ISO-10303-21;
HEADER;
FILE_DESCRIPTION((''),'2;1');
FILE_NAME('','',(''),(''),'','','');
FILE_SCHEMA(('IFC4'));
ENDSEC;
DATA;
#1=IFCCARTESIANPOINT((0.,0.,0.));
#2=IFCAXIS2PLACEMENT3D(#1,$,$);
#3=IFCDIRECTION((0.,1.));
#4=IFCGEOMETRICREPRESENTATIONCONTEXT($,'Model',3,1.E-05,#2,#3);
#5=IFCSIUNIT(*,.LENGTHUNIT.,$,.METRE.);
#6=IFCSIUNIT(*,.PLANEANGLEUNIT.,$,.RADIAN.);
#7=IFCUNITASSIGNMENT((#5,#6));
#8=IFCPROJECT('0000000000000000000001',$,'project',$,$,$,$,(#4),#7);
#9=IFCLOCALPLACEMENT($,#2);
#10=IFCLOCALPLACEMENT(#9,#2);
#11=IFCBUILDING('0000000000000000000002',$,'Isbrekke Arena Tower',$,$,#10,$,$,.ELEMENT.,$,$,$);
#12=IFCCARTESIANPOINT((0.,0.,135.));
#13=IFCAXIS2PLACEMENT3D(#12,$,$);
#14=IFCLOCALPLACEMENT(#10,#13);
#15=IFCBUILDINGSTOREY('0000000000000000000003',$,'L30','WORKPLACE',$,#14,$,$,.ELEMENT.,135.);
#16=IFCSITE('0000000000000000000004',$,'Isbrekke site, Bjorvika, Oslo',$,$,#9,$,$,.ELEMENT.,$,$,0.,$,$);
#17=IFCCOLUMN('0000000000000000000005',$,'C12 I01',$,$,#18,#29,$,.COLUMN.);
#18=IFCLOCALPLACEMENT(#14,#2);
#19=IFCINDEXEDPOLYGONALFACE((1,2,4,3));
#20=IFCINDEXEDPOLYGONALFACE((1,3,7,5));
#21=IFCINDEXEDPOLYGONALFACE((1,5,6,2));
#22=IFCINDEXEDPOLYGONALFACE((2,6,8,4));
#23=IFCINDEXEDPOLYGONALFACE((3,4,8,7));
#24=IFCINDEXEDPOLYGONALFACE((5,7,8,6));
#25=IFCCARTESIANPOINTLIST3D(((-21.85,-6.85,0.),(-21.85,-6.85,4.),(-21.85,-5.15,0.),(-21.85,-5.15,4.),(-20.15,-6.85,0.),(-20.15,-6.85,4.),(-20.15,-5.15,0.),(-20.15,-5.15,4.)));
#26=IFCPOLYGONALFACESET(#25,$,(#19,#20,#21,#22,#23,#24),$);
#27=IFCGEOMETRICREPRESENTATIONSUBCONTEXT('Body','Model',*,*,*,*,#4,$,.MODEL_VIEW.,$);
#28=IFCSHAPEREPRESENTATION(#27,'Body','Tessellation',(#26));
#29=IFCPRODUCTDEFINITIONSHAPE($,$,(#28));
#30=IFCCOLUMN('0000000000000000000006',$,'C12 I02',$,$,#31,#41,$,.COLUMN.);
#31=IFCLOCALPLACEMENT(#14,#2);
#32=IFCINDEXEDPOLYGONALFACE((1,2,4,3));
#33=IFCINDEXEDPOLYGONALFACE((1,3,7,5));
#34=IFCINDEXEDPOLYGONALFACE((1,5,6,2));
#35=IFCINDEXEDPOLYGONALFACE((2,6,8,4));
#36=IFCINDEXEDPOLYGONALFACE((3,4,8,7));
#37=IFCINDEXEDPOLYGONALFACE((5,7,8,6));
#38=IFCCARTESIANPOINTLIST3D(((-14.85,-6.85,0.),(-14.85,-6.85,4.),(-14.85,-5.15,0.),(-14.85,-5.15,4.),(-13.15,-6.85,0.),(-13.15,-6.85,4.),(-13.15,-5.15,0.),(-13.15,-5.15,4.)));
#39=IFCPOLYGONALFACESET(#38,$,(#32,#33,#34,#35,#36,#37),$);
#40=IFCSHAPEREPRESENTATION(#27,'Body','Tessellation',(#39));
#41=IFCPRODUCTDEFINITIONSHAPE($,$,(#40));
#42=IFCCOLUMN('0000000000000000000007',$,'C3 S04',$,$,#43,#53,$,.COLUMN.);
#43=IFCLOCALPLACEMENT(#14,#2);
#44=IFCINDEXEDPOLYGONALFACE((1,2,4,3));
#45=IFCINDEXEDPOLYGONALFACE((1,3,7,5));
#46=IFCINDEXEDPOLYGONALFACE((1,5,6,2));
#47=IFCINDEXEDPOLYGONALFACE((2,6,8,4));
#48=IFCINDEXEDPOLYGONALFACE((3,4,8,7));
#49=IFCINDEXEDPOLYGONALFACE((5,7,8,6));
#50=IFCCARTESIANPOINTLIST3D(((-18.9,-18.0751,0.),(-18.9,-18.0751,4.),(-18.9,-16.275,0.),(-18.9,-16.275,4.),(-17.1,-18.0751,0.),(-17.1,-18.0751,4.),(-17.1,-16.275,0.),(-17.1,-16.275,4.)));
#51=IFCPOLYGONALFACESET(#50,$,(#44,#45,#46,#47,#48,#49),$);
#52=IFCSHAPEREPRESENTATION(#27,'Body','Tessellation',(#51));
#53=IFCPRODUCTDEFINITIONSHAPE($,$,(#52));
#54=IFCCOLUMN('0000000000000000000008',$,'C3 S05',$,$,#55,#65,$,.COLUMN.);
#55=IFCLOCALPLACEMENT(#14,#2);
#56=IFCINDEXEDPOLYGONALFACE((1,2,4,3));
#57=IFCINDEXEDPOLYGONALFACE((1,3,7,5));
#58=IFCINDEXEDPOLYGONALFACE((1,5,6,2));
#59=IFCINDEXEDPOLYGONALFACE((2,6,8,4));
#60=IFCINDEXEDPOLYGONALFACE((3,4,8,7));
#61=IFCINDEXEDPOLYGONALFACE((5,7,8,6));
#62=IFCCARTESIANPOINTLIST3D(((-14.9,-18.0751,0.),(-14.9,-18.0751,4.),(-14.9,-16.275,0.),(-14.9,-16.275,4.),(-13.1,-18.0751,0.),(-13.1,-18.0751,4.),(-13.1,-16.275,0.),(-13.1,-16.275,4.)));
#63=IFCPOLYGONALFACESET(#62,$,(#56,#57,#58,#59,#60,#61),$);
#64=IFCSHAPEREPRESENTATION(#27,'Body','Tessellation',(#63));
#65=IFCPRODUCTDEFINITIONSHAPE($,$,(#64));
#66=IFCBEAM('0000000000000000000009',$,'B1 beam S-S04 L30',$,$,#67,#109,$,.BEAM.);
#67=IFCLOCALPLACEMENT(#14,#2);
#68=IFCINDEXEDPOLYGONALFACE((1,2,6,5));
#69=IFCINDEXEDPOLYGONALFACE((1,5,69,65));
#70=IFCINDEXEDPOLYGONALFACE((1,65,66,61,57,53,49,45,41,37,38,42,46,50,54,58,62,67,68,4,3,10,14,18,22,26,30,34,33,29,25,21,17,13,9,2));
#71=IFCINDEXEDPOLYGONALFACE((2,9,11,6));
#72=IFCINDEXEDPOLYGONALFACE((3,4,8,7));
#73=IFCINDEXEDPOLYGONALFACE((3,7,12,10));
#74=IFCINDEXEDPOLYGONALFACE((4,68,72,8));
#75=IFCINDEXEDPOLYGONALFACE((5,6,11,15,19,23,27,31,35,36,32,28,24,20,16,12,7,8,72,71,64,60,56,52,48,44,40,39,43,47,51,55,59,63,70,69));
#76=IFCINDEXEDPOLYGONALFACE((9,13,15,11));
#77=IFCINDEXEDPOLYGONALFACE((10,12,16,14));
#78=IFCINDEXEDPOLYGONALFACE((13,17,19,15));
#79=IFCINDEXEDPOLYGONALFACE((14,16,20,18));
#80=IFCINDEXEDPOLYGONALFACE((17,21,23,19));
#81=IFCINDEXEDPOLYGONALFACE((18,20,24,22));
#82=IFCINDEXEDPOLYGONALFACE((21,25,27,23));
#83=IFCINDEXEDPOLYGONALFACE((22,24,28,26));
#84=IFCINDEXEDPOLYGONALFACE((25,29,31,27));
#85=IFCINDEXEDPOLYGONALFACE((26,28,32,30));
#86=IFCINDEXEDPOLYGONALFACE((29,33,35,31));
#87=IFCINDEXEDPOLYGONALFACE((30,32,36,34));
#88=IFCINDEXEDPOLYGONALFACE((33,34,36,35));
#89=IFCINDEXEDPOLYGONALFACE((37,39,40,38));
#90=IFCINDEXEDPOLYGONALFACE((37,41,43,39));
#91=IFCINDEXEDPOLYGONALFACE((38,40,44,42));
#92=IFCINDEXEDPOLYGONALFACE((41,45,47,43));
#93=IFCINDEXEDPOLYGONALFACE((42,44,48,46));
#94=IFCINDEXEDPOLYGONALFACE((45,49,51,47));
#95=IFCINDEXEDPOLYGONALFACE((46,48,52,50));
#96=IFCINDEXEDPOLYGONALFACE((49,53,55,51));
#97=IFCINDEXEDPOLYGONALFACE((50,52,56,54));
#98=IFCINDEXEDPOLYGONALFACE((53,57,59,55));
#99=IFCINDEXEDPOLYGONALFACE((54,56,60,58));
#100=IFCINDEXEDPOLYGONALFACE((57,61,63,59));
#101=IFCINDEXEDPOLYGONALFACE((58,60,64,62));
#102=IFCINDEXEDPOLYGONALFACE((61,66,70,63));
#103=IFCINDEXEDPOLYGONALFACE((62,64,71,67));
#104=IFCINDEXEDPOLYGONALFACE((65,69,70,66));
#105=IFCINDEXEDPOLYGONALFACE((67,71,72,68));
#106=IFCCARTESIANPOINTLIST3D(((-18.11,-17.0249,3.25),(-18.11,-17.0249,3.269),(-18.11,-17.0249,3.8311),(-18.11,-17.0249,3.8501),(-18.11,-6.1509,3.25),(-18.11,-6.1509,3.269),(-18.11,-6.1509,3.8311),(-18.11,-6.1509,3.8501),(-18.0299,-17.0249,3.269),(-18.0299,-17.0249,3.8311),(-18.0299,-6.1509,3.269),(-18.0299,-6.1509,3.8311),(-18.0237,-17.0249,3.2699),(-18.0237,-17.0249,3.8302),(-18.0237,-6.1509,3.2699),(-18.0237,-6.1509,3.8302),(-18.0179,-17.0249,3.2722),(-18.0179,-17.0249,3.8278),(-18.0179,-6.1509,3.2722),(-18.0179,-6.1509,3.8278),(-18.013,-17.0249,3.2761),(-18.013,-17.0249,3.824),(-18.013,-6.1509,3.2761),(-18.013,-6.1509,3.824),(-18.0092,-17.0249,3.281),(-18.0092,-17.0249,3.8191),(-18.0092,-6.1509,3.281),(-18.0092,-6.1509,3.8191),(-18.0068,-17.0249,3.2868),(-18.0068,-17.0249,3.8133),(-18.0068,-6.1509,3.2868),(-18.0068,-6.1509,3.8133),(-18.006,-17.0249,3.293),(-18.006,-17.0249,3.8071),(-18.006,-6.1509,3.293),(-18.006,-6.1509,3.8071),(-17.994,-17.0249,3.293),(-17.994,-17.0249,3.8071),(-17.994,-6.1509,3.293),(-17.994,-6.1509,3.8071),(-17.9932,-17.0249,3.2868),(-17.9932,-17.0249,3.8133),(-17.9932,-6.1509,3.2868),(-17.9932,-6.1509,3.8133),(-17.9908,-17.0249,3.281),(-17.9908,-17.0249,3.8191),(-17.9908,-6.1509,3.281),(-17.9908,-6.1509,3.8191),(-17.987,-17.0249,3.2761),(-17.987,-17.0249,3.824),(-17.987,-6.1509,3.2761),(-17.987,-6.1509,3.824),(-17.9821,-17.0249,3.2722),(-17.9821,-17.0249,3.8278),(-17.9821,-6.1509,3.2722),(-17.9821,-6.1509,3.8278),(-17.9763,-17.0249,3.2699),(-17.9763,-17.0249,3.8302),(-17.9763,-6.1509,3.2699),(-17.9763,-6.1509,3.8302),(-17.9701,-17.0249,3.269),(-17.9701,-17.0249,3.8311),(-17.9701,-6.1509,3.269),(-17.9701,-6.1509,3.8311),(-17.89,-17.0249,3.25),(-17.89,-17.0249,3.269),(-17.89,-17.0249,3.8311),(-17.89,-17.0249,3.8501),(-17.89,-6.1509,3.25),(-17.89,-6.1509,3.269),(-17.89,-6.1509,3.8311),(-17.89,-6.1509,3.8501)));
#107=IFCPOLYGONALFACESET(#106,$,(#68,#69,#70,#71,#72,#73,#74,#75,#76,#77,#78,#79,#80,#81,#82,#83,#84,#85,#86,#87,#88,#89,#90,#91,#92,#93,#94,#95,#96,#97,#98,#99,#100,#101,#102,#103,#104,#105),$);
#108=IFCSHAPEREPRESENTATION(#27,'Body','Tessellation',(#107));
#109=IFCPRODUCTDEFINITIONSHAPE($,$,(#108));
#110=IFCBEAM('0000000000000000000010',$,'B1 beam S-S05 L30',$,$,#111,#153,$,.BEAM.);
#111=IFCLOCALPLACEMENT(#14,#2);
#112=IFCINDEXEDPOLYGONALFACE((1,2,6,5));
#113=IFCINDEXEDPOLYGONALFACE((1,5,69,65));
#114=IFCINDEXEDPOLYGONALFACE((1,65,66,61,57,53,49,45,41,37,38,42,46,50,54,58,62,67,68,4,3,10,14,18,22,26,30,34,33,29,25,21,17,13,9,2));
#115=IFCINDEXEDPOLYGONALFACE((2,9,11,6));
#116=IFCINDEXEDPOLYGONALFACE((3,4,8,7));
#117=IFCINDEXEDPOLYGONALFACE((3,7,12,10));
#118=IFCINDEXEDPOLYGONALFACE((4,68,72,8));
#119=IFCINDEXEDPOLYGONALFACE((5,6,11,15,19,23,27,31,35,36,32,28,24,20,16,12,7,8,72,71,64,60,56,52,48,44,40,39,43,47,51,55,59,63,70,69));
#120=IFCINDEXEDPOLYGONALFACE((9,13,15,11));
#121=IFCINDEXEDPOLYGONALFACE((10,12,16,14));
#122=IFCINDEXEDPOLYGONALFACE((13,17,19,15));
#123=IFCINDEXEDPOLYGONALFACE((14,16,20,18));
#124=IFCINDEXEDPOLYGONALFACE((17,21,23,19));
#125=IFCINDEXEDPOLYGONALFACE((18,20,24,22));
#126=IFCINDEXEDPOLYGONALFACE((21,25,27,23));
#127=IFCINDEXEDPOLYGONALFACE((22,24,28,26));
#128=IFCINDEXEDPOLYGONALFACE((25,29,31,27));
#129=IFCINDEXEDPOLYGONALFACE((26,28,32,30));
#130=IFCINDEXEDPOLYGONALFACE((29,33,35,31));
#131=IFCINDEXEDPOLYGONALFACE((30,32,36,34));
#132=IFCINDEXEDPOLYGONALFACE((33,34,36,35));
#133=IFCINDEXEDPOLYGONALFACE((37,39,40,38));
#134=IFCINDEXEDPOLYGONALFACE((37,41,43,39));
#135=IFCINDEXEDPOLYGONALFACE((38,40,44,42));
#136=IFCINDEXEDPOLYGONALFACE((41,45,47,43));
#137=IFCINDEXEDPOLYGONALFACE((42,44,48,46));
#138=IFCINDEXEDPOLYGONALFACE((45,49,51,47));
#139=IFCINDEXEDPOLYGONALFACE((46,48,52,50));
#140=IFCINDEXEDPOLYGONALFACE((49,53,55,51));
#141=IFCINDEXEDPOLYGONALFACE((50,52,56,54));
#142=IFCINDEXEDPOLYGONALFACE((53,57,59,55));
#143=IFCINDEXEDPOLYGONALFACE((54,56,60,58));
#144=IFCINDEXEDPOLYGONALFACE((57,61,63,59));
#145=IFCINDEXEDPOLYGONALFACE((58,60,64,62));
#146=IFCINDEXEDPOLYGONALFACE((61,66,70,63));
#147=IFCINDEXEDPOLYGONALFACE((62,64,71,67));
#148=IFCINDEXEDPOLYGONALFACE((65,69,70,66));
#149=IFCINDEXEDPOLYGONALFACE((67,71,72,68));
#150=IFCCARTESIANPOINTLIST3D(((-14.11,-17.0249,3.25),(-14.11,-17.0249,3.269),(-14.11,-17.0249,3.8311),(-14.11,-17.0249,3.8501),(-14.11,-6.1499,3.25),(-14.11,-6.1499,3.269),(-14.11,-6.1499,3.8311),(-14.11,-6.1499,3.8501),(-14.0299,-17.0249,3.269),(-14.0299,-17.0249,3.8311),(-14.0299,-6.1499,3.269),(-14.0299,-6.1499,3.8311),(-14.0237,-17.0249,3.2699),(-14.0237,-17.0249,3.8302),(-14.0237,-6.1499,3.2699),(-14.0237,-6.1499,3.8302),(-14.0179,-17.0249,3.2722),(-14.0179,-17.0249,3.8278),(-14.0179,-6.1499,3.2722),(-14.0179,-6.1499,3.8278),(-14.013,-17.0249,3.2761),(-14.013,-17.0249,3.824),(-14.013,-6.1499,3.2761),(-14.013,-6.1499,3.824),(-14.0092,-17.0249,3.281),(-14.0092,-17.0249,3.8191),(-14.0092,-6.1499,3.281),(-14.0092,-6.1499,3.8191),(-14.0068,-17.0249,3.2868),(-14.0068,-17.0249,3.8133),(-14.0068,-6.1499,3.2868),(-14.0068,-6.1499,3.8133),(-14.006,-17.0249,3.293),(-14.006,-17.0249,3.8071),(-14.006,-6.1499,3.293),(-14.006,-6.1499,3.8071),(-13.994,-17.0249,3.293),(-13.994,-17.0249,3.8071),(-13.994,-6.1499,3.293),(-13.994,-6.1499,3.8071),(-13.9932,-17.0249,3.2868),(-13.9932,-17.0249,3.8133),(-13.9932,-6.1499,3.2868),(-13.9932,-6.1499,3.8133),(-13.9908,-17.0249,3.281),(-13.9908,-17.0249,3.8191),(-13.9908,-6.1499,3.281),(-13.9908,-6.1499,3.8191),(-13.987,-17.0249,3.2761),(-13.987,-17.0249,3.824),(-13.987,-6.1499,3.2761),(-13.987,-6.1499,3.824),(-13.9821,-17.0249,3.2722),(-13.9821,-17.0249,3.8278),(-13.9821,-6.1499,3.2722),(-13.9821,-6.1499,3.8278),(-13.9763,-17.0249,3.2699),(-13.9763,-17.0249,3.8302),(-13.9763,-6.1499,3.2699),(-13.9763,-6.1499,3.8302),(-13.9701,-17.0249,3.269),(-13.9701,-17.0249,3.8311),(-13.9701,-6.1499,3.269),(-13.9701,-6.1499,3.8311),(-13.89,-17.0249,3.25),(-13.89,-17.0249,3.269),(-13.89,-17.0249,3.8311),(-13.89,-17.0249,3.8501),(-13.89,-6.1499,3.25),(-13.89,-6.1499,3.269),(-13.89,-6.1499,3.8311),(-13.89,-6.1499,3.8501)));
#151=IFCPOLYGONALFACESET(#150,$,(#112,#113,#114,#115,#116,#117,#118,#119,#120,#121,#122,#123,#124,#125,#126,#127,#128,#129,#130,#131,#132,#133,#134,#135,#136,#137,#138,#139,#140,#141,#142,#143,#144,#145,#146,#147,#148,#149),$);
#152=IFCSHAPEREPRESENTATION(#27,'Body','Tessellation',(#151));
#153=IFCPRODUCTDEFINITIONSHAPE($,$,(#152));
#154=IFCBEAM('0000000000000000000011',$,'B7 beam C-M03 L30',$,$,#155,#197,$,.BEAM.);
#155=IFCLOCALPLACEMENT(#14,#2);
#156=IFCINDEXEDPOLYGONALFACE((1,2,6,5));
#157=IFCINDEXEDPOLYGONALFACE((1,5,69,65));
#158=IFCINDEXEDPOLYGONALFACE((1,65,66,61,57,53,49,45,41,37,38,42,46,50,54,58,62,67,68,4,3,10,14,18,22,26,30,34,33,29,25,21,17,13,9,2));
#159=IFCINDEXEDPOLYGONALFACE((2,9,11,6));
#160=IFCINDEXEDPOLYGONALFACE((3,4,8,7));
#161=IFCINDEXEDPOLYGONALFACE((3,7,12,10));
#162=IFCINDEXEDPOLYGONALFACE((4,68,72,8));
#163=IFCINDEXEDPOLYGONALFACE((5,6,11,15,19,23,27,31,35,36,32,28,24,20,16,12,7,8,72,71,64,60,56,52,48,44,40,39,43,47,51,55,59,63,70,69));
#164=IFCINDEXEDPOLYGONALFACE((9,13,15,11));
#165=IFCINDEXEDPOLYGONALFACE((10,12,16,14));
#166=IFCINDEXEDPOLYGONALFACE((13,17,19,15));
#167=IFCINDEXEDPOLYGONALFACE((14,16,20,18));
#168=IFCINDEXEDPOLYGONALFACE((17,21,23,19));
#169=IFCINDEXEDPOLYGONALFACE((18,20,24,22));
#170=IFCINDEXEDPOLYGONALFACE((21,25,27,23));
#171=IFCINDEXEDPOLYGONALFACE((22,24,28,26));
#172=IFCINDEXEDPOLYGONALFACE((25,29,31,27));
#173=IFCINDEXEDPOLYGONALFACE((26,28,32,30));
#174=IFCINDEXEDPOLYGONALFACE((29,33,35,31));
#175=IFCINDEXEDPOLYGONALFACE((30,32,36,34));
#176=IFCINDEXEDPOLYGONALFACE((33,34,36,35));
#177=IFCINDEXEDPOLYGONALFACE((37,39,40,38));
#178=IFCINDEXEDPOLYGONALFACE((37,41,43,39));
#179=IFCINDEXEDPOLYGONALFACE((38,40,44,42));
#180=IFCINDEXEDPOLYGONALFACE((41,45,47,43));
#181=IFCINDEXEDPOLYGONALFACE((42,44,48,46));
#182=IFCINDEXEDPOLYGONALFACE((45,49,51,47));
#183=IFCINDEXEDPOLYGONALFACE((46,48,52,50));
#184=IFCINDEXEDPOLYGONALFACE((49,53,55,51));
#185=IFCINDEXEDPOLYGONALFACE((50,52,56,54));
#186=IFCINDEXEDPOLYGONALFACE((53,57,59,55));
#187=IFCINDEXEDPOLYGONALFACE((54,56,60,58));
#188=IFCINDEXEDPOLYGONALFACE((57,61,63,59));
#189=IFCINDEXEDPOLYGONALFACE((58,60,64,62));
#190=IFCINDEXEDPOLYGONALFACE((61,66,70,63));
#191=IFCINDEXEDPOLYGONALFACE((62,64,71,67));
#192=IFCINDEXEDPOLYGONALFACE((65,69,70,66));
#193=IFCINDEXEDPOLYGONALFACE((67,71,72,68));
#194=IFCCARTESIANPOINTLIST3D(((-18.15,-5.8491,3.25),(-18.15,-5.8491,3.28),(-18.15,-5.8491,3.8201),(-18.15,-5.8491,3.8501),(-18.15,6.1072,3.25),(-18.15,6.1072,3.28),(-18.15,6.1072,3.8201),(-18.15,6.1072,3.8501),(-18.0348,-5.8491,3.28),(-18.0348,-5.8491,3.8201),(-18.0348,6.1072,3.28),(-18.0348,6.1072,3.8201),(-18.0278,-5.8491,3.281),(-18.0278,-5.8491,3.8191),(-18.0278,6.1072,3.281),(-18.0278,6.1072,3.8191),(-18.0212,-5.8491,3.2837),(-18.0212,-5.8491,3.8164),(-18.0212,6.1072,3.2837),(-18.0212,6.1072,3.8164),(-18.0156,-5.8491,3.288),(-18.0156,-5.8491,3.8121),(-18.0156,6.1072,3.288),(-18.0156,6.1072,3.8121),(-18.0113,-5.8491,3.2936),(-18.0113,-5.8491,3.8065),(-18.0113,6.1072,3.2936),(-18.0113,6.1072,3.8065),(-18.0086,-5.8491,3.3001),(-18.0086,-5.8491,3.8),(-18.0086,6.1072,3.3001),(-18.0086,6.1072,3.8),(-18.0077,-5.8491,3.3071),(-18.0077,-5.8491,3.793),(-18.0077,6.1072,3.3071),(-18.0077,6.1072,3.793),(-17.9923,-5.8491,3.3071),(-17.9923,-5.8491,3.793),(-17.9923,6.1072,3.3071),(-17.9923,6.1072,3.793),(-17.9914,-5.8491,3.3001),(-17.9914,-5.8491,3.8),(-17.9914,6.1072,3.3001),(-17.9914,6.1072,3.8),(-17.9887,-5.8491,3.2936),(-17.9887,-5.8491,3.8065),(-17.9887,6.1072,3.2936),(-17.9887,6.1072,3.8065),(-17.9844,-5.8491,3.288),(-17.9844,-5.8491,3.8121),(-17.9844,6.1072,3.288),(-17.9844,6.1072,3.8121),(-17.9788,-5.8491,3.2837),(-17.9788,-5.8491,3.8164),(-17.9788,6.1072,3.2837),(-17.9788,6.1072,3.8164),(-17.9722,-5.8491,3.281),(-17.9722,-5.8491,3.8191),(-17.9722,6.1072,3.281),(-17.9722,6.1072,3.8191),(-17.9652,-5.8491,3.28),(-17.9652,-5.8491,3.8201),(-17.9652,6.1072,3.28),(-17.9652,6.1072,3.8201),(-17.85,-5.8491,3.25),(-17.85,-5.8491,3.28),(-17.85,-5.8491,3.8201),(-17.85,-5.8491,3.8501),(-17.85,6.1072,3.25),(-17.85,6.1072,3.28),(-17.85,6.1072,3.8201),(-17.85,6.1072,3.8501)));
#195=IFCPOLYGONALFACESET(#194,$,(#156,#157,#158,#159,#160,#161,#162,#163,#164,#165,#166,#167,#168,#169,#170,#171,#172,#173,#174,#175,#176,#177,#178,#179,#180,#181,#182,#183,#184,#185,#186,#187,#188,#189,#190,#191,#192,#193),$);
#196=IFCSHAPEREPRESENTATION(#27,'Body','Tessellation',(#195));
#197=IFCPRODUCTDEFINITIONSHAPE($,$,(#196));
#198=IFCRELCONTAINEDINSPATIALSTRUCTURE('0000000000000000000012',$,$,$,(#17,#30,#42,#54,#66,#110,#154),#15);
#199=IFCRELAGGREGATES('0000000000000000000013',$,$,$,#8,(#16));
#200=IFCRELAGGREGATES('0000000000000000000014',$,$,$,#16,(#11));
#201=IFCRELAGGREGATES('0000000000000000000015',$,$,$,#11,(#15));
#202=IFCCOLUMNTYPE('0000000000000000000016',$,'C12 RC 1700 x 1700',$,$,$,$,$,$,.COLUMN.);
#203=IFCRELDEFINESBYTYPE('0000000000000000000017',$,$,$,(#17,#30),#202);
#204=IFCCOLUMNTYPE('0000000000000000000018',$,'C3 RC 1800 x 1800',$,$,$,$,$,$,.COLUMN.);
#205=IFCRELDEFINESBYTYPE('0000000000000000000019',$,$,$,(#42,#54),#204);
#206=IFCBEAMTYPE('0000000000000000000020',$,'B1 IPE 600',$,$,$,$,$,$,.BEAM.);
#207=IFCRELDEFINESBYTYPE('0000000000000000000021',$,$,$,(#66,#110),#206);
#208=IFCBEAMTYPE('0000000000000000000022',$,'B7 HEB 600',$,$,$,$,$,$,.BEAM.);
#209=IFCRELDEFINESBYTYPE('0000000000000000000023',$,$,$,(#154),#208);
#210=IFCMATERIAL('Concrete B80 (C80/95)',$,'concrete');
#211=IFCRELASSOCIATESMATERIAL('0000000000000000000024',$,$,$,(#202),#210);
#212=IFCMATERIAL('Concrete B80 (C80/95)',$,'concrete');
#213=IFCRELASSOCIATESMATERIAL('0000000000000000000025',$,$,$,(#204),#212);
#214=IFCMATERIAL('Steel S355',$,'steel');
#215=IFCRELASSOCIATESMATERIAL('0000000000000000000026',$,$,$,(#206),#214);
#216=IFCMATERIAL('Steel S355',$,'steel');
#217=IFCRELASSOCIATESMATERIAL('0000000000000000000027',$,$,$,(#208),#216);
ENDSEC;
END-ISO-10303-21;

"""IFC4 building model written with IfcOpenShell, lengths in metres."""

from ifc_helpers import new_model, si_unit, direction, frame, origin, origin_2d, place, context, subcontext, project, spatial, rectangle, i_section, extrude, material, material_profile, profile_set, type_object, element, save


model = new_model("IFC4")

# Units and contexts
model_context = context("Model", 3, precision=1e-05, world=origin(), true_north=direction((0.0, 1.0)))
body_context = subcontext(model_context, "Body", "Model", "MODEL_VIEW")
ifc_project = project(units=[si_unit("LENGTHUNIT", "METRE"), si_unit("PLANEANGLEUNIT", "RADIAN")], contexts=[model_context])

# Site, building, storey
site_placement = place(None, origin())
site = spatial("IfcSite", under=ifc_project, at=site_placement, Name="Isbrekke site, Bjorvika, Oslo", CompositionType="ELEMENT", RefElevation=0.0)
building_placement = place(site_placement, origin())
building = spatial("IfcBuilding", under=site, at=building_placement, Name="Isbrekke Arena Tower", CompositionType="ELEMENT")
storey_placement = place(building_placement, frame((0.0, 0.0, 135.0)))
storey = spatial("IfcBuildingStorey", under=building, at=storey_placement, Name="L30", Description="WORKPLACE", CompositionType="ELEMENT", Elevation=135.0)

# Columns
ifc_material_1 = material(Name="Concrete B80 (C80/95)", Category="concrete")
ifc_material_profile_1 = material_profile(ifc_material_1, rectangle(XDim=1.7, YDim=1.7, at=origin_2d()), Name="RC 1700x1700")
ifc_profile_set_1 = profile_set([ifc_material_profile_1], Name="Concrete B80 (C80/95)")
column_type_1 = type_object("IfcColumnType", Name="C12 RC 1700 x 1700", PredefinedType="COLUMN", material=ifc_profile_set_1)
for number, where, z_axis, x_axis, name in (
    (1, (-21.0, -6.0, 0.0), (0.0, 0.0, 1.0), (1.0, 0.0, 0.0), "C12 I01"),
    (2, (-14.0, -6.0, 0.0), (0.0, 0.0, 1.0), (1.0, 0.0, 0.0), "C12 I02"),
):
    element("IfcColumn", number, at=place(storey_placement, frame(where, z_axis=z_axis, x_axis=x_axis)), inside=storey, type_object=column_type_1, Name=name, PredefinedType="COLUMN", context=body_context, shape_type="SweptSolid", body=[
        extrude(rectangle(XDim=1.7, YDim=1.7, at=origin_2d()), origin(), (0.0, 0.0, 1.0), 4.0),
    ])
ifc_material_2 = material(Name="Concrete B80 (C80/95)", Category="concrete")
ifc_material_profile_2 = material_profile(ifc_material_2, rectangle(XDim=1.8, YDim=1.8, at=origin_2d()), Name="RC 1800x1800")
ifc_profile_set_2 = profile_set([ifc_material_profile_2], Name="Concrete B80 (C80/95)")
column_type_2 = type_object("IfcColumnType", Name="C3 RC 1800 x 1800", PredefinedType="COLUMN", material=ifc_profile_set_2)
for number, where, z_axis, x_axis, name in (
    (3, (-18.0, -17.175, 0.0), (0.0, 0.0, 1.0), (1.0, 0.0, 0.0), "C3 S04"),
    (4, (-14.0, -17.175, 0.0), (0.0, 0.0, 1.0), (1.0, 0.0, 0.0), "C3 S05"),
):
    element("IfcColumn", number, at=place(storey_placement, frame(where, z_axis=z_axis, x_axis=x_axis)), inside=storey, type_object=column_type_2, Name=name, PredefinedType="COLUMN", context=body_context, shape_type="SweptSolid", body=[
        extrude(rectangle(XDim=1.8, YDim=1.8, at=origin_2d()), origin(), (0.0, 0.0, 1.0), 4.0),
    ])

# Beams
ifc_material_3 = material(Name="Steel S355", Category="steel")
ifc_material_profile_3 = material_profile(ifc_material_3, i_section(OverallWidth=0.22, OverallDepth=0.6001, WebThickness=0.012, FlangeThickness=0.019, FilletRadius=0.0239, at=origin_2d()), Name="IPE 600")
ifc_profile_set_3 = profile_set([ifc_material_profile_3], Name="Steel S355")
beam_type_1 = type_object("IfcBeamType", Name="B1 IPE 600", PredefinedType="BEAM", material=ifc_profile_set_3)
beam_1_placement = place(storey_placement, frame((-18.0, -17.0249, 3.55), z_axis=(0.0, 1.0, 0.0), x_axis=(-1.0, 0.0, 0.0)))
element("IfcBeam", 5, at=beam_1_placement, inside=storey, type_object=beam_type_1, Name="B1 beam S-S04 L30", PredefinedType="BEAM", context=body_context, shape_type="SweptSolid", body=[
    extrude(i_section(OverallWidth=0.22, OverallDepth=0.6001, WebThickness=0.012, FlangeThickness=0.019, FilletRadius=0.0239, at=origin_2d()), origin(), (0.0, 0.0, 1.0), 10.874),
])
beam_2_placement = place(storey_placement, frame((-14.0, -17.0249, 3.55), z_axis=(0.0, 1.0, 0.0), x_axis=(-1.0, 0.0, 0.0)))
element("IfcBeam", 6, at=beam_2_placement, inside=storey, type_object=beam_type_1, Name="B1 beam S-S05 L30", PredefinedType="BEAM", context=body_context, shape_type="SweptSolid", body=[
    extrude(i_section(OverallWidth=0.22, OverallDepth=0.6001, WebThickness=0.012, FlangeThickness=0.019, FilletRadius=0.0239, at=origin_2d()), origin(), (0.0, 0.0, 1.0), 10.875),
])
ifc_material_4 = material(Name="Steel S355", Category="steel")
ifc_material_profile_4 = material_profile(ifc_material_4, i_section(OverallWidth=0.3, OverallDepth=0.6001, WebThickness=0.0154, FlangeThickness=0.03, FilletRadius=0.0271, at=origin_2d()), Name="HEB 600")
ifc_profile_set_4 = profile_set([ifc_material_profile_4], Name="Steel S355")
beam_type_2 = type_object("IfcBeamType", Name="B7 HEB 600", PredefinedType="BEAM", material=ifc_profile_set_4)
beam_3_placement = place(storey_placement, frame((-18.0, -5.8491, 3.55), z_axis=(0.0, 1.0, 0.0), x_axis=(-1.0, 0.0, 0.0)))
element("IfcBeam", 7, at=beam_3_placement, inside=storey, type_object=beam_type_2, Name="B7 beam C-M03 L30", PredefinedType="BEAM", context=body_context, shape_type="SweptSolid", body=[
    extrude(i_section(OverallWidth=0.3, OverallDepth=0.6001, WebThickness=0.0154, FlangeThickness=0.03, FilletRadius=0.0271, at=origin_2d()), origin(), (0.0, 0.0, 1.0), 11.9563),
])

save(model, "model.ifc")
